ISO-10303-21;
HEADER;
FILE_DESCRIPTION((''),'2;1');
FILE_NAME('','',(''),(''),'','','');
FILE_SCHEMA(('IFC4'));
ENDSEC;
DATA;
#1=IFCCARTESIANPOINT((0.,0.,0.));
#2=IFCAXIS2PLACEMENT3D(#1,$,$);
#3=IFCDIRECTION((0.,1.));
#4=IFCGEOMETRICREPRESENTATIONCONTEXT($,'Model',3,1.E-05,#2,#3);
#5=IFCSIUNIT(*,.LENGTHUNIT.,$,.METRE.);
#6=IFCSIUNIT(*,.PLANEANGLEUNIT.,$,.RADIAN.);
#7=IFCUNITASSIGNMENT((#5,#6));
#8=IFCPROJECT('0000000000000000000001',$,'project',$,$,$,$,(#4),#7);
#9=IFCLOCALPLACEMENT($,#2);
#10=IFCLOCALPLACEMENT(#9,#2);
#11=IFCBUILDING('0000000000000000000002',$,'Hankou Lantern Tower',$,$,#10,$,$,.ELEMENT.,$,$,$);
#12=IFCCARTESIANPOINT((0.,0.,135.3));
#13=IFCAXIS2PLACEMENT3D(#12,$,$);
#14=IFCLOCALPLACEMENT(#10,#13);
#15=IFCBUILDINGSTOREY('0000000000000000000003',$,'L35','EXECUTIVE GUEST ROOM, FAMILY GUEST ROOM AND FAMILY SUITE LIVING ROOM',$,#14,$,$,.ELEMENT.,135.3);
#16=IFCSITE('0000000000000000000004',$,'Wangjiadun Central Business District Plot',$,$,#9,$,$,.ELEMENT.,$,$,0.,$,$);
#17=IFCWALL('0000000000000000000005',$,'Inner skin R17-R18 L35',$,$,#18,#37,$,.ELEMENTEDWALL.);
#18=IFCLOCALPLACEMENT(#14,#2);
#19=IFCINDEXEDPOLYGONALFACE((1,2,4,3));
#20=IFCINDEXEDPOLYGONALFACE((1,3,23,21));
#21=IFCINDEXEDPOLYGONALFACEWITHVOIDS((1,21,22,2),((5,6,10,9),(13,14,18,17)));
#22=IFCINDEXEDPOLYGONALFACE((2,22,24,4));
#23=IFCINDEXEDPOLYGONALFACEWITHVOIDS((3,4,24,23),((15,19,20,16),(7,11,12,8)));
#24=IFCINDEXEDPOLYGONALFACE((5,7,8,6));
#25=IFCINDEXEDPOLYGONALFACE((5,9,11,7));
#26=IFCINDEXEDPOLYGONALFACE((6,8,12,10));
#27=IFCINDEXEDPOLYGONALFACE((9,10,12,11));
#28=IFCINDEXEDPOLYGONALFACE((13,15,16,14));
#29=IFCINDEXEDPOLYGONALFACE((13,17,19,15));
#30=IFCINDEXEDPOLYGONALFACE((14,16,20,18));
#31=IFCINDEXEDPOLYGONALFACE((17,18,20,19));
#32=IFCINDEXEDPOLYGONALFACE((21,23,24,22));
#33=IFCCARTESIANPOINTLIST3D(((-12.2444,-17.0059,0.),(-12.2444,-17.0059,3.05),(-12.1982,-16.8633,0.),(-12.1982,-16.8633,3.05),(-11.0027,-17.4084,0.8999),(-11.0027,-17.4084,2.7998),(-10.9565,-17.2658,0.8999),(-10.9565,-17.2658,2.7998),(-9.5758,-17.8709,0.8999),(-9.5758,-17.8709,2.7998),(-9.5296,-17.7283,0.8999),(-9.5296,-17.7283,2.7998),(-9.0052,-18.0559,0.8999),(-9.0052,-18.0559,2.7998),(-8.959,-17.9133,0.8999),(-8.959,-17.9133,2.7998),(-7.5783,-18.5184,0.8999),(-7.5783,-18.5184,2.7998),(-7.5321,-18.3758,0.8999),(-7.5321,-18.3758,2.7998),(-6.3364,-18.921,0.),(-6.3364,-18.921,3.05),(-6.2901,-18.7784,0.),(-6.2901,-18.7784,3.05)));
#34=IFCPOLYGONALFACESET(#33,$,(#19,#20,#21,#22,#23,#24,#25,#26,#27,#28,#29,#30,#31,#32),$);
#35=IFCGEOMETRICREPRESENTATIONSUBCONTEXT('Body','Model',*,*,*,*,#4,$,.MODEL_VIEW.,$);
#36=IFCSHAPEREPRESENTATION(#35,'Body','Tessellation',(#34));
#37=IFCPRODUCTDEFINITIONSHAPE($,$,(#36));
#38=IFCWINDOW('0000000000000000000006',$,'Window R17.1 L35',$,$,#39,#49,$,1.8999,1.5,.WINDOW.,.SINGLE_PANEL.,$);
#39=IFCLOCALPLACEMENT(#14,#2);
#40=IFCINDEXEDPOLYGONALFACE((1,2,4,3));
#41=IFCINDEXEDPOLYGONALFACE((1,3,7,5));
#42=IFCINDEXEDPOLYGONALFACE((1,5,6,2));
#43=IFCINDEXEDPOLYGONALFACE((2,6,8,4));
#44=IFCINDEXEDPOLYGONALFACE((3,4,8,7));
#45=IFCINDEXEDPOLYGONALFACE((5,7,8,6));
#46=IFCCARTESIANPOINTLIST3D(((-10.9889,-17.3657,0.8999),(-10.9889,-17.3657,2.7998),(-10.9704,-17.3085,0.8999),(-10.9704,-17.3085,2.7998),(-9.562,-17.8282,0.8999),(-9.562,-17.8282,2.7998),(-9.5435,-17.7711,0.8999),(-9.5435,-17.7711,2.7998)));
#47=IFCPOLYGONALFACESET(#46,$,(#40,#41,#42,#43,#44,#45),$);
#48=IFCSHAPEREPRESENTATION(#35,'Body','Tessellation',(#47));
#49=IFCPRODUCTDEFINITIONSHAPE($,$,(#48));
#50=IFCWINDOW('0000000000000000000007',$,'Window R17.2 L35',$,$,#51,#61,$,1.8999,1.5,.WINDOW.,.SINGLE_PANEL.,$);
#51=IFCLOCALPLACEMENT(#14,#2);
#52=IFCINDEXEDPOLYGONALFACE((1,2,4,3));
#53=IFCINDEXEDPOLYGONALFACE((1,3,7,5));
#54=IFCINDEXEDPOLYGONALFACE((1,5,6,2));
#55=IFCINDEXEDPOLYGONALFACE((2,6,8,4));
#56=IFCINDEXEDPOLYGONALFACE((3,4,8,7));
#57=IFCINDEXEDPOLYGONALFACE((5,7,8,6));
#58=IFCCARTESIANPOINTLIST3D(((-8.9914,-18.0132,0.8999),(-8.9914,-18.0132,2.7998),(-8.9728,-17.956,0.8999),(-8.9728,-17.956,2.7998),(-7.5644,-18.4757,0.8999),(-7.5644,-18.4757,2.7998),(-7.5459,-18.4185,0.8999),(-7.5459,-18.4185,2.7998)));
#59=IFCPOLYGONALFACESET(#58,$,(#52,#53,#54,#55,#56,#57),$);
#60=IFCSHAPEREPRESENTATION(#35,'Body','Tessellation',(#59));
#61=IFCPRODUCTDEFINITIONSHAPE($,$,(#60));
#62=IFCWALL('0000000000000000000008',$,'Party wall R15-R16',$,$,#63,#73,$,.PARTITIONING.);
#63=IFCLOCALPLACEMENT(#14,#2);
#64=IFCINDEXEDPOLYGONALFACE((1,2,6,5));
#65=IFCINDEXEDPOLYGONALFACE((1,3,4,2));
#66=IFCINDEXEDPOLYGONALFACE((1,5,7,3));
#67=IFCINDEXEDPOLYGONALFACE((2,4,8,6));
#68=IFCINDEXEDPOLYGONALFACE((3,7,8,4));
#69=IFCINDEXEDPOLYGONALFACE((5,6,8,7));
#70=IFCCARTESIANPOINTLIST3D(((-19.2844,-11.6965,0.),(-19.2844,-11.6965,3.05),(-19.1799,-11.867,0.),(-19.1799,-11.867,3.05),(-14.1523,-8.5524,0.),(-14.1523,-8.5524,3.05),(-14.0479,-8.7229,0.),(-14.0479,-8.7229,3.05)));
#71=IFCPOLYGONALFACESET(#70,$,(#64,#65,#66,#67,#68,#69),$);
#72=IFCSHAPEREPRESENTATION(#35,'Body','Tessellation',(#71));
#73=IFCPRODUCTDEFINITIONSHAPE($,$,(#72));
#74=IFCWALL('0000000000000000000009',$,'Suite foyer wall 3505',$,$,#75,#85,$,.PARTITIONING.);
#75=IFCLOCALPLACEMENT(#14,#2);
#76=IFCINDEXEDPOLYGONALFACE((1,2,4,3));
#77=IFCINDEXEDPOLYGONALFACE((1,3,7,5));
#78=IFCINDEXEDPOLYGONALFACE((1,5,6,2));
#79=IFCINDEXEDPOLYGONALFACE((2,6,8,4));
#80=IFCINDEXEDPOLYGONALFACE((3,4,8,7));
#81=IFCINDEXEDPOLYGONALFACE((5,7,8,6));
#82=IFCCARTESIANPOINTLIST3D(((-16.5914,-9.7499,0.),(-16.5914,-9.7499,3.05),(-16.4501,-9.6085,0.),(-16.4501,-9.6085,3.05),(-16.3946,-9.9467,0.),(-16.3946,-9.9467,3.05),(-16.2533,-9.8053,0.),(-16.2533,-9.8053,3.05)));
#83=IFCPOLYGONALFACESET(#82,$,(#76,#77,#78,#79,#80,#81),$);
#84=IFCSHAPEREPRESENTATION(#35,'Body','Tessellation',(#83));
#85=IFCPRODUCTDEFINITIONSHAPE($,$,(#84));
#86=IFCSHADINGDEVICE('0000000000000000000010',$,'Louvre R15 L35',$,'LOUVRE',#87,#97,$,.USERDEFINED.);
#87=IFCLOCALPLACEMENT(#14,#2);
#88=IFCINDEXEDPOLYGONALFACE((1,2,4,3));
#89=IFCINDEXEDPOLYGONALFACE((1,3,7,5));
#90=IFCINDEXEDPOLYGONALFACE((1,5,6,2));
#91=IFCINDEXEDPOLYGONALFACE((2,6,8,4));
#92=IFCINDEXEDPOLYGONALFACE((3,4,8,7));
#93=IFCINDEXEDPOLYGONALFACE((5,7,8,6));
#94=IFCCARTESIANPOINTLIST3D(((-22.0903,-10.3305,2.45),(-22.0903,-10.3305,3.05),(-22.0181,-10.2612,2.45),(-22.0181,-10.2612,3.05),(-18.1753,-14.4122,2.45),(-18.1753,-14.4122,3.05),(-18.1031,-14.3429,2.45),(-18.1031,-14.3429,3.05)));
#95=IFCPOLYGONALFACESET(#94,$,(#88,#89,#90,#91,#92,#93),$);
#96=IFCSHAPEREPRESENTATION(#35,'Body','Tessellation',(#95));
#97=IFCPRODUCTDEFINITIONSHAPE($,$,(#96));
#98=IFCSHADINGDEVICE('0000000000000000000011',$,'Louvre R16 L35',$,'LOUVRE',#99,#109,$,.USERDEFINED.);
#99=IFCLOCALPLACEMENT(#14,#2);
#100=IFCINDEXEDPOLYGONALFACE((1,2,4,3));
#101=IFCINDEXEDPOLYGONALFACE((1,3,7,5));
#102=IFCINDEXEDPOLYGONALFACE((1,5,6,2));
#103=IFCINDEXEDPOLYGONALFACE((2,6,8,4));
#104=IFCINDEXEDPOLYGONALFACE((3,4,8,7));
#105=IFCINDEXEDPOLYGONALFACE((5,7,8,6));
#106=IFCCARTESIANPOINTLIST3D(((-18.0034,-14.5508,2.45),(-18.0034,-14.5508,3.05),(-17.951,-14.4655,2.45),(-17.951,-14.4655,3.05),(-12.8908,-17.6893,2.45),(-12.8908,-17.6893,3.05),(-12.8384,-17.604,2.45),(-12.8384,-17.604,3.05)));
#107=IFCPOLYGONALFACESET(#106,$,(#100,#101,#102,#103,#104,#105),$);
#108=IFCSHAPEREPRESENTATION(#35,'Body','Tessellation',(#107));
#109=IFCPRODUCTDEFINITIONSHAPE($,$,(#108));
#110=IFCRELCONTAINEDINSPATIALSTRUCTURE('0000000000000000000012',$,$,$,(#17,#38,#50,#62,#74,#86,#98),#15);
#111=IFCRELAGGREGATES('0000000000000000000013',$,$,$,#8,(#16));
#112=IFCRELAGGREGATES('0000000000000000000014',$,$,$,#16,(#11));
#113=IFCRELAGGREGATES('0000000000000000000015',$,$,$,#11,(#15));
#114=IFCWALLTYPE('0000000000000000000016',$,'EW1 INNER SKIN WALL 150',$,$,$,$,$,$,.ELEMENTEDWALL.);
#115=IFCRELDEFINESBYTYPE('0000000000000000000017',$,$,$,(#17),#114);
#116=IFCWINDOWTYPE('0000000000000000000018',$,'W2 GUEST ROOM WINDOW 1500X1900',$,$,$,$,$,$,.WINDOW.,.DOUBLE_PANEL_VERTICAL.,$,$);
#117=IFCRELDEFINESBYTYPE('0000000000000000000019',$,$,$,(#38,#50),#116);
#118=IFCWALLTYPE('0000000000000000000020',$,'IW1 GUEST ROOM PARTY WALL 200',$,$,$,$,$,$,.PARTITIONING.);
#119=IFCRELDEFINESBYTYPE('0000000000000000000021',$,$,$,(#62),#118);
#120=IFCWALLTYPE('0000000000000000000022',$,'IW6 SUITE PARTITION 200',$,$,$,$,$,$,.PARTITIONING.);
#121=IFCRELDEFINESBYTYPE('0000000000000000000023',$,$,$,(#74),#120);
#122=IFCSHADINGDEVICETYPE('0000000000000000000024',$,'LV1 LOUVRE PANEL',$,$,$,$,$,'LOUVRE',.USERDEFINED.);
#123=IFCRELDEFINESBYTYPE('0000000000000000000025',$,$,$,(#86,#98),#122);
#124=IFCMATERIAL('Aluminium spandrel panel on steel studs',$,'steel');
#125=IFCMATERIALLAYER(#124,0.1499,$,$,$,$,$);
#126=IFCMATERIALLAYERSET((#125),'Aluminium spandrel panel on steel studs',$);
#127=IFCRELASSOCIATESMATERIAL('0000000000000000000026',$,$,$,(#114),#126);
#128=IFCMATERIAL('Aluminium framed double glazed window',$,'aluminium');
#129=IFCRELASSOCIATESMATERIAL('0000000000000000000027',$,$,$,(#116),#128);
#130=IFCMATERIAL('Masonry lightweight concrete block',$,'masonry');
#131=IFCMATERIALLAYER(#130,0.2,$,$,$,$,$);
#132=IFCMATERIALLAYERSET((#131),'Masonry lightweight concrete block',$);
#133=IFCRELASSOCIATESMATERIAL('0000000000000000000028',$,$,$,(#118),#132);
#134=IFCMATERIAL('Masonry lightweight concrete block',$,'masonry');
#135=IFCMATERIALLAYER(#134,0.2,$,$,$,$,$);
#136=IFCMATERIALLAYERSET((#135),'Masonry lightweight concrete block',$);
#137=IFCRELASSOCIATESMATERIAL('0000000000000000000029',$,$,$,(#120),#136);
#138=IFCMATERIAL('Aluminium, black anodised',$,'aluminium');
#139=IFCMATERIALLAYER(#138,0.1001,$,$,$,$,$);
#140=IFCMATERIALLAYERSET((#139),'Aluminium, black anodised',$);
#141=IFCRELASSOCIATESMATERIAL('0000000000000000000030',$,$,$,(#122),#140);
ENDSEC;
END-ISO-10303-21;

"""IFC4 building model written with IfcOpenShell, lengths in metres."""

from ifc_helpers import new_model, si_unit, direction, frame, frame_2d, origin, origin_2d, place, context, subcontext, project, spatial, rectangle, extrude, material, layer, layer_set, type_object, element, fill, save


model = new_model("IFC4")

# Units and contexts
model_context = context("Model", 3, precision=1e-05, world=origin(), true_north=direction((0.0, 1.0)))
body_context = subcontext(model_context, "Body", "Model", "MODEL_VIEW")
ifc_project = project(units=[si_unit("LENGTHUNIT", "METRE"), si_unit("PLANEANGLEUNIT", "RADIAN")], contexts=[model_context])

# Site, building, storey
site_placement = place(None, origin())
site = spatial("IfcSite", under=ifc_project, at=site_placement, Name="Wangjiadun Central Business District Plot", CompositionType="ELEMENT", RefElevation=0.0)
building_placement = place(site_placement, origin())
building = spatial("IfcBuilding", under=site, at=building_placement, Name="Hankou Lantern Tower", CompositionType="ELEMENT")
storey_placement = place(building_placement, frame((0.0, 0.0, 135.3)))
storey = spatial("IfcBuildingStorey", under=building, at=storey_placement, Name="L35", Description="EXECUTIVE GUEST ROOM, FAMILY GUEST ROOM AND FAMILY SUITE LIVING ROOM", CompositionType="ELEMENT", Elevation=135.3)

# Wall, openings, windows
ifc_material_1 = material(Name="Aluminium spandrel panel on steel studs", Category="steel")
ifc_layer_1 = layer(ifc_material_1, 0.1499)
ifc_layer_set_1 = layer_set([ifc_layer_1], Name="Aluminium spandrel panel on steel studs")
wall_type_1 = type_object("IfcWallType", Name="EW1 INNER SKIN WALL 150", PredefinedType="ELEMENTEDWALL", material=ifc_layer_set_1)
ifc_material_2 = material(Name="Aluminium framed double glazed window", Category="aluminium")
window_type = type_object("IfcWindowType", Name="W2 GUEST ROOM WINDOW 1500X1900", PartitioningType="DOUBLE_PANEL_VERTICAL", PredefinedType="WINDOW", material=ifc_material_2)
wall_1_placement = place(storey_placement, frame((-12.2214, -16.9346, 0.0), z_axis=(0.0, 0.0, 1.0), x_axis=(0.951273, -0.308351, 0.0)))
wall_1 = element("IfcWall", 1, at=wall_1_placement, inside=storey, type_object=wall_type_1, Name="Inner skin R17-R18 L35", PredefinedType="ELEMENTEDWALL", context=body_context, shape_type="SweptSolid", body=[
    extrude(rectangle(XDim=6.2107, YDim=0.1499, at=frame_2d((3.1055, 0.0))), origin(), (0.0, 0.0, 1.0), 3.05),
])
opening_1_placement = place(wall_1_placement, frame((1.3054, 0.0, 0.8999)))
opening_1 = element("IfcOpeningElement", 2, at=opening_1_placement, cuts=wall_1, PredefinedType="OPENING", context=body_context, shape_type="SweptSolid", body=[
    extrude(rectangle(XDim=1.5, YDim=1.8999, at=frame_2d((0.75, 0.95))), frame((0.0, 0.085, 0.0), z_axis=(0.0, -1.0, 0.0), x_axis=(1.0, 0.0, 0.0)), (0.0, 0.0, 1.0), 0.1699),
])
opening_2_placement = place(wall_1_placement, frame((3.4053, 0.0, 0.8999)))
opening_2 = element("IfcOpeningElement", 3, at=opening_2_placement, cuts=wall_1, PredefinedType="OPENING", context=body_context, shape_type="SweptSolid", body=[
    extrude(rectangle(XDim=1.5, YDim=1.8999, at=frame_2d((0.75, 0.95))), frame((0.0, 0.085, 0.0), z_axis=(0.0, -1.0, 0.0), x_axis=(1.0, 0.0, 0.0)), (0.0, 0.0, 1.0), 0.1699),
])
window_1_placement = place(opening_1_placement, origin())
window_1 = element("IfcWindow", 4, at=window_1_placement, inside=storey, type_object=window_type, Name="Window R17.1 L35", OverallHeight=1.8999, OverallWidth=1.5, PartitioningType="SINGLE_PANEL", PredefinedType="WINDOW", context=body_context, shape_type="SweptSolid", body=[
    extrude(rectangle(XDim=1.5, YDim=1.8999, at=frame_2d((0.75, 0.95))), frame((0.0, 0.03, 0.0), z_axis=(0.0, -1.0, 0.0), x_axis=(1.0, 0.0, 0.0)), (0.0, 0.0, 1.0), 0.0601),
])
fill(opening_1, window_1)
window_2_placement = place(opening_2_placement, origin())
window_2 = element("IfcWindow", 5, at=window_2_placement, inside=storey, type_object=window_type, Name="Window R17.2 L35", OverallHeight=1.8999, OverallWidth=1.5, PartitioningType="SINGLE_PANEL", PredefinedType="WINDOW", context=body_context, shape_type="SweptSolid", body=[
    extrude(rectangle(XDim=1.5, YDim=1.8999, at=frame_2d((0.75, 0.95))), frame((0.0, 0.03, 0.0), z_axis=(0.0, -1.0, 0.0), x_axis=(1.0, 0.0, 0.0)), (0.0, 0.0, 1.0), 0.0601),
])
fill(opening_2, window_2)

# Walls
ifc_material_3 = material(Name="Masonry lightweight concrete block", Category="masonry")
ifc_layer_2 = layer(ifc_material_3, 0.2)
ifc_layer_set_2 = layer_set([ifc_layer_2], Name="Masonry lightweight concrete block")
wall_type_2 = type_object("IfcWallType", Name="IW1 GUEST ROOM PARTY WALL 200", PredefinedType="PARTITIONING", material=ifc_layer_set_2)
wall_2_placement = place(storey_placement, frame((-14.1001, -8.6377, 0.0), z_axis=(0.0, 0.0, 1.0), x_axis=(-0.852707, -0.52239, 0.0)))
element("IfcWall", 6, at=wall_2_placement, inside=storey, type_object=wall_type_2, Name="Party wall R15-R16", PredefinedType="PARTITIONING", context=body_context, shape_type="SweptSolid", body=[
    extrude(rectangle(XDim=6.0186, YDim=0.2, at=frame_2d((3.0093, 0.0))), origin(), (0.0, 0.0, 1.0), 3.05),
])
ifc_material_4 = material(Name="Masonry lightweight concrete block", Category="masonry")
ifc_layer_3 = layer(ifc_material_4, 0.2)
ifc_layer_set_3 = layer_set([ifc_layer_3], Name="Masonry lightweight concrete block")
wall_type_3 = type_object("IfcWallType", Name="IW6 SUITE PARTITION 200", PredefinedType="PARTITIONING", material=ifc_layer_set_3)
wall_3_placement = place(storey_placement, frame((-16.5208, -9.6792, 0.0), z_axis=(0.0, 0.0, 1.0), x_axis=(0.707107, -0.707107, 0.0)))
element("IfcWall", 7, at=wall_3_placement, inside=storey, type_object=wall_type_3, Name="Suite foyer wall 3505", PredefinedType="PARTITIONING", context=body_context, shape_type="SweptSolid", body=[
    extrude(rectangle(XDim=0.2783, YDim=0.2, at=frame_2d((0.1392, 0.0))), origin(), (0.0, 0.0, 1.0), 3.05),
])

# Shading devices
ifc_material_5 = material(Name="Aluminium, black anodised", Category="aluminium")
ifc_layer_4 = layer(ifc_material_5, 0.1001)
ifc_layer_set_4 = layer_set([ifc_layer_4], Name="Aluminium, black anodised")
shading_device_type = type_object("IfcShadingDeviceType", Name="LV1 LOUVRE PANEL", ElementType="LOUVRE", PredefinedType="USERDEFINED", material=ifc_layer_set_4)
shading_device_1_placement = place(storey_placement, frame((-20.0967, -12.3367, 2.45), z_axis=(0.0, 0.0, 1.0), x_axis=(0.692216, -0.721691, 0.0)))
element("IfcShadingDevice", 8, at=shading_device_1_placement, inside=storey, type_object=shading_device_type, Name="Louvre R15 L35", ObjectType="LOUVRE", PredefinedType="USERDEFINED", context=body_context, shape_type="SweptSolid", body=[
    extrude(rectangle(XDim=5.6558, YDim=0.1001, at=origin_2d()), origin(), (0.0, 0.0, 1.0), 0.6001),
])
shading_device_2_placement = place(storey_placement, frame((-15.4209, -16.0774, 2.45), z_axis=(0.0, 0.0, 1.0), x_axis=(0.852237, -0.523156, 0.0)))
element("IfcShadingDevice", 9, at=shading_device_2_placement, inside=storey, type_object=shading_device_type, Name="Louvre R16 L35", ObjectType="LOUVRE", PredefinedType="USERDEFINED", context=body_context, shape_type="SweptSolid", body=[
    extrude(rectangle(XDim=5.999, YDim=0.1001, at=origin_2d()), origin(), (0.0, 0.0, 1.0), 0.6001),
])

save(model, "model.ifc")
